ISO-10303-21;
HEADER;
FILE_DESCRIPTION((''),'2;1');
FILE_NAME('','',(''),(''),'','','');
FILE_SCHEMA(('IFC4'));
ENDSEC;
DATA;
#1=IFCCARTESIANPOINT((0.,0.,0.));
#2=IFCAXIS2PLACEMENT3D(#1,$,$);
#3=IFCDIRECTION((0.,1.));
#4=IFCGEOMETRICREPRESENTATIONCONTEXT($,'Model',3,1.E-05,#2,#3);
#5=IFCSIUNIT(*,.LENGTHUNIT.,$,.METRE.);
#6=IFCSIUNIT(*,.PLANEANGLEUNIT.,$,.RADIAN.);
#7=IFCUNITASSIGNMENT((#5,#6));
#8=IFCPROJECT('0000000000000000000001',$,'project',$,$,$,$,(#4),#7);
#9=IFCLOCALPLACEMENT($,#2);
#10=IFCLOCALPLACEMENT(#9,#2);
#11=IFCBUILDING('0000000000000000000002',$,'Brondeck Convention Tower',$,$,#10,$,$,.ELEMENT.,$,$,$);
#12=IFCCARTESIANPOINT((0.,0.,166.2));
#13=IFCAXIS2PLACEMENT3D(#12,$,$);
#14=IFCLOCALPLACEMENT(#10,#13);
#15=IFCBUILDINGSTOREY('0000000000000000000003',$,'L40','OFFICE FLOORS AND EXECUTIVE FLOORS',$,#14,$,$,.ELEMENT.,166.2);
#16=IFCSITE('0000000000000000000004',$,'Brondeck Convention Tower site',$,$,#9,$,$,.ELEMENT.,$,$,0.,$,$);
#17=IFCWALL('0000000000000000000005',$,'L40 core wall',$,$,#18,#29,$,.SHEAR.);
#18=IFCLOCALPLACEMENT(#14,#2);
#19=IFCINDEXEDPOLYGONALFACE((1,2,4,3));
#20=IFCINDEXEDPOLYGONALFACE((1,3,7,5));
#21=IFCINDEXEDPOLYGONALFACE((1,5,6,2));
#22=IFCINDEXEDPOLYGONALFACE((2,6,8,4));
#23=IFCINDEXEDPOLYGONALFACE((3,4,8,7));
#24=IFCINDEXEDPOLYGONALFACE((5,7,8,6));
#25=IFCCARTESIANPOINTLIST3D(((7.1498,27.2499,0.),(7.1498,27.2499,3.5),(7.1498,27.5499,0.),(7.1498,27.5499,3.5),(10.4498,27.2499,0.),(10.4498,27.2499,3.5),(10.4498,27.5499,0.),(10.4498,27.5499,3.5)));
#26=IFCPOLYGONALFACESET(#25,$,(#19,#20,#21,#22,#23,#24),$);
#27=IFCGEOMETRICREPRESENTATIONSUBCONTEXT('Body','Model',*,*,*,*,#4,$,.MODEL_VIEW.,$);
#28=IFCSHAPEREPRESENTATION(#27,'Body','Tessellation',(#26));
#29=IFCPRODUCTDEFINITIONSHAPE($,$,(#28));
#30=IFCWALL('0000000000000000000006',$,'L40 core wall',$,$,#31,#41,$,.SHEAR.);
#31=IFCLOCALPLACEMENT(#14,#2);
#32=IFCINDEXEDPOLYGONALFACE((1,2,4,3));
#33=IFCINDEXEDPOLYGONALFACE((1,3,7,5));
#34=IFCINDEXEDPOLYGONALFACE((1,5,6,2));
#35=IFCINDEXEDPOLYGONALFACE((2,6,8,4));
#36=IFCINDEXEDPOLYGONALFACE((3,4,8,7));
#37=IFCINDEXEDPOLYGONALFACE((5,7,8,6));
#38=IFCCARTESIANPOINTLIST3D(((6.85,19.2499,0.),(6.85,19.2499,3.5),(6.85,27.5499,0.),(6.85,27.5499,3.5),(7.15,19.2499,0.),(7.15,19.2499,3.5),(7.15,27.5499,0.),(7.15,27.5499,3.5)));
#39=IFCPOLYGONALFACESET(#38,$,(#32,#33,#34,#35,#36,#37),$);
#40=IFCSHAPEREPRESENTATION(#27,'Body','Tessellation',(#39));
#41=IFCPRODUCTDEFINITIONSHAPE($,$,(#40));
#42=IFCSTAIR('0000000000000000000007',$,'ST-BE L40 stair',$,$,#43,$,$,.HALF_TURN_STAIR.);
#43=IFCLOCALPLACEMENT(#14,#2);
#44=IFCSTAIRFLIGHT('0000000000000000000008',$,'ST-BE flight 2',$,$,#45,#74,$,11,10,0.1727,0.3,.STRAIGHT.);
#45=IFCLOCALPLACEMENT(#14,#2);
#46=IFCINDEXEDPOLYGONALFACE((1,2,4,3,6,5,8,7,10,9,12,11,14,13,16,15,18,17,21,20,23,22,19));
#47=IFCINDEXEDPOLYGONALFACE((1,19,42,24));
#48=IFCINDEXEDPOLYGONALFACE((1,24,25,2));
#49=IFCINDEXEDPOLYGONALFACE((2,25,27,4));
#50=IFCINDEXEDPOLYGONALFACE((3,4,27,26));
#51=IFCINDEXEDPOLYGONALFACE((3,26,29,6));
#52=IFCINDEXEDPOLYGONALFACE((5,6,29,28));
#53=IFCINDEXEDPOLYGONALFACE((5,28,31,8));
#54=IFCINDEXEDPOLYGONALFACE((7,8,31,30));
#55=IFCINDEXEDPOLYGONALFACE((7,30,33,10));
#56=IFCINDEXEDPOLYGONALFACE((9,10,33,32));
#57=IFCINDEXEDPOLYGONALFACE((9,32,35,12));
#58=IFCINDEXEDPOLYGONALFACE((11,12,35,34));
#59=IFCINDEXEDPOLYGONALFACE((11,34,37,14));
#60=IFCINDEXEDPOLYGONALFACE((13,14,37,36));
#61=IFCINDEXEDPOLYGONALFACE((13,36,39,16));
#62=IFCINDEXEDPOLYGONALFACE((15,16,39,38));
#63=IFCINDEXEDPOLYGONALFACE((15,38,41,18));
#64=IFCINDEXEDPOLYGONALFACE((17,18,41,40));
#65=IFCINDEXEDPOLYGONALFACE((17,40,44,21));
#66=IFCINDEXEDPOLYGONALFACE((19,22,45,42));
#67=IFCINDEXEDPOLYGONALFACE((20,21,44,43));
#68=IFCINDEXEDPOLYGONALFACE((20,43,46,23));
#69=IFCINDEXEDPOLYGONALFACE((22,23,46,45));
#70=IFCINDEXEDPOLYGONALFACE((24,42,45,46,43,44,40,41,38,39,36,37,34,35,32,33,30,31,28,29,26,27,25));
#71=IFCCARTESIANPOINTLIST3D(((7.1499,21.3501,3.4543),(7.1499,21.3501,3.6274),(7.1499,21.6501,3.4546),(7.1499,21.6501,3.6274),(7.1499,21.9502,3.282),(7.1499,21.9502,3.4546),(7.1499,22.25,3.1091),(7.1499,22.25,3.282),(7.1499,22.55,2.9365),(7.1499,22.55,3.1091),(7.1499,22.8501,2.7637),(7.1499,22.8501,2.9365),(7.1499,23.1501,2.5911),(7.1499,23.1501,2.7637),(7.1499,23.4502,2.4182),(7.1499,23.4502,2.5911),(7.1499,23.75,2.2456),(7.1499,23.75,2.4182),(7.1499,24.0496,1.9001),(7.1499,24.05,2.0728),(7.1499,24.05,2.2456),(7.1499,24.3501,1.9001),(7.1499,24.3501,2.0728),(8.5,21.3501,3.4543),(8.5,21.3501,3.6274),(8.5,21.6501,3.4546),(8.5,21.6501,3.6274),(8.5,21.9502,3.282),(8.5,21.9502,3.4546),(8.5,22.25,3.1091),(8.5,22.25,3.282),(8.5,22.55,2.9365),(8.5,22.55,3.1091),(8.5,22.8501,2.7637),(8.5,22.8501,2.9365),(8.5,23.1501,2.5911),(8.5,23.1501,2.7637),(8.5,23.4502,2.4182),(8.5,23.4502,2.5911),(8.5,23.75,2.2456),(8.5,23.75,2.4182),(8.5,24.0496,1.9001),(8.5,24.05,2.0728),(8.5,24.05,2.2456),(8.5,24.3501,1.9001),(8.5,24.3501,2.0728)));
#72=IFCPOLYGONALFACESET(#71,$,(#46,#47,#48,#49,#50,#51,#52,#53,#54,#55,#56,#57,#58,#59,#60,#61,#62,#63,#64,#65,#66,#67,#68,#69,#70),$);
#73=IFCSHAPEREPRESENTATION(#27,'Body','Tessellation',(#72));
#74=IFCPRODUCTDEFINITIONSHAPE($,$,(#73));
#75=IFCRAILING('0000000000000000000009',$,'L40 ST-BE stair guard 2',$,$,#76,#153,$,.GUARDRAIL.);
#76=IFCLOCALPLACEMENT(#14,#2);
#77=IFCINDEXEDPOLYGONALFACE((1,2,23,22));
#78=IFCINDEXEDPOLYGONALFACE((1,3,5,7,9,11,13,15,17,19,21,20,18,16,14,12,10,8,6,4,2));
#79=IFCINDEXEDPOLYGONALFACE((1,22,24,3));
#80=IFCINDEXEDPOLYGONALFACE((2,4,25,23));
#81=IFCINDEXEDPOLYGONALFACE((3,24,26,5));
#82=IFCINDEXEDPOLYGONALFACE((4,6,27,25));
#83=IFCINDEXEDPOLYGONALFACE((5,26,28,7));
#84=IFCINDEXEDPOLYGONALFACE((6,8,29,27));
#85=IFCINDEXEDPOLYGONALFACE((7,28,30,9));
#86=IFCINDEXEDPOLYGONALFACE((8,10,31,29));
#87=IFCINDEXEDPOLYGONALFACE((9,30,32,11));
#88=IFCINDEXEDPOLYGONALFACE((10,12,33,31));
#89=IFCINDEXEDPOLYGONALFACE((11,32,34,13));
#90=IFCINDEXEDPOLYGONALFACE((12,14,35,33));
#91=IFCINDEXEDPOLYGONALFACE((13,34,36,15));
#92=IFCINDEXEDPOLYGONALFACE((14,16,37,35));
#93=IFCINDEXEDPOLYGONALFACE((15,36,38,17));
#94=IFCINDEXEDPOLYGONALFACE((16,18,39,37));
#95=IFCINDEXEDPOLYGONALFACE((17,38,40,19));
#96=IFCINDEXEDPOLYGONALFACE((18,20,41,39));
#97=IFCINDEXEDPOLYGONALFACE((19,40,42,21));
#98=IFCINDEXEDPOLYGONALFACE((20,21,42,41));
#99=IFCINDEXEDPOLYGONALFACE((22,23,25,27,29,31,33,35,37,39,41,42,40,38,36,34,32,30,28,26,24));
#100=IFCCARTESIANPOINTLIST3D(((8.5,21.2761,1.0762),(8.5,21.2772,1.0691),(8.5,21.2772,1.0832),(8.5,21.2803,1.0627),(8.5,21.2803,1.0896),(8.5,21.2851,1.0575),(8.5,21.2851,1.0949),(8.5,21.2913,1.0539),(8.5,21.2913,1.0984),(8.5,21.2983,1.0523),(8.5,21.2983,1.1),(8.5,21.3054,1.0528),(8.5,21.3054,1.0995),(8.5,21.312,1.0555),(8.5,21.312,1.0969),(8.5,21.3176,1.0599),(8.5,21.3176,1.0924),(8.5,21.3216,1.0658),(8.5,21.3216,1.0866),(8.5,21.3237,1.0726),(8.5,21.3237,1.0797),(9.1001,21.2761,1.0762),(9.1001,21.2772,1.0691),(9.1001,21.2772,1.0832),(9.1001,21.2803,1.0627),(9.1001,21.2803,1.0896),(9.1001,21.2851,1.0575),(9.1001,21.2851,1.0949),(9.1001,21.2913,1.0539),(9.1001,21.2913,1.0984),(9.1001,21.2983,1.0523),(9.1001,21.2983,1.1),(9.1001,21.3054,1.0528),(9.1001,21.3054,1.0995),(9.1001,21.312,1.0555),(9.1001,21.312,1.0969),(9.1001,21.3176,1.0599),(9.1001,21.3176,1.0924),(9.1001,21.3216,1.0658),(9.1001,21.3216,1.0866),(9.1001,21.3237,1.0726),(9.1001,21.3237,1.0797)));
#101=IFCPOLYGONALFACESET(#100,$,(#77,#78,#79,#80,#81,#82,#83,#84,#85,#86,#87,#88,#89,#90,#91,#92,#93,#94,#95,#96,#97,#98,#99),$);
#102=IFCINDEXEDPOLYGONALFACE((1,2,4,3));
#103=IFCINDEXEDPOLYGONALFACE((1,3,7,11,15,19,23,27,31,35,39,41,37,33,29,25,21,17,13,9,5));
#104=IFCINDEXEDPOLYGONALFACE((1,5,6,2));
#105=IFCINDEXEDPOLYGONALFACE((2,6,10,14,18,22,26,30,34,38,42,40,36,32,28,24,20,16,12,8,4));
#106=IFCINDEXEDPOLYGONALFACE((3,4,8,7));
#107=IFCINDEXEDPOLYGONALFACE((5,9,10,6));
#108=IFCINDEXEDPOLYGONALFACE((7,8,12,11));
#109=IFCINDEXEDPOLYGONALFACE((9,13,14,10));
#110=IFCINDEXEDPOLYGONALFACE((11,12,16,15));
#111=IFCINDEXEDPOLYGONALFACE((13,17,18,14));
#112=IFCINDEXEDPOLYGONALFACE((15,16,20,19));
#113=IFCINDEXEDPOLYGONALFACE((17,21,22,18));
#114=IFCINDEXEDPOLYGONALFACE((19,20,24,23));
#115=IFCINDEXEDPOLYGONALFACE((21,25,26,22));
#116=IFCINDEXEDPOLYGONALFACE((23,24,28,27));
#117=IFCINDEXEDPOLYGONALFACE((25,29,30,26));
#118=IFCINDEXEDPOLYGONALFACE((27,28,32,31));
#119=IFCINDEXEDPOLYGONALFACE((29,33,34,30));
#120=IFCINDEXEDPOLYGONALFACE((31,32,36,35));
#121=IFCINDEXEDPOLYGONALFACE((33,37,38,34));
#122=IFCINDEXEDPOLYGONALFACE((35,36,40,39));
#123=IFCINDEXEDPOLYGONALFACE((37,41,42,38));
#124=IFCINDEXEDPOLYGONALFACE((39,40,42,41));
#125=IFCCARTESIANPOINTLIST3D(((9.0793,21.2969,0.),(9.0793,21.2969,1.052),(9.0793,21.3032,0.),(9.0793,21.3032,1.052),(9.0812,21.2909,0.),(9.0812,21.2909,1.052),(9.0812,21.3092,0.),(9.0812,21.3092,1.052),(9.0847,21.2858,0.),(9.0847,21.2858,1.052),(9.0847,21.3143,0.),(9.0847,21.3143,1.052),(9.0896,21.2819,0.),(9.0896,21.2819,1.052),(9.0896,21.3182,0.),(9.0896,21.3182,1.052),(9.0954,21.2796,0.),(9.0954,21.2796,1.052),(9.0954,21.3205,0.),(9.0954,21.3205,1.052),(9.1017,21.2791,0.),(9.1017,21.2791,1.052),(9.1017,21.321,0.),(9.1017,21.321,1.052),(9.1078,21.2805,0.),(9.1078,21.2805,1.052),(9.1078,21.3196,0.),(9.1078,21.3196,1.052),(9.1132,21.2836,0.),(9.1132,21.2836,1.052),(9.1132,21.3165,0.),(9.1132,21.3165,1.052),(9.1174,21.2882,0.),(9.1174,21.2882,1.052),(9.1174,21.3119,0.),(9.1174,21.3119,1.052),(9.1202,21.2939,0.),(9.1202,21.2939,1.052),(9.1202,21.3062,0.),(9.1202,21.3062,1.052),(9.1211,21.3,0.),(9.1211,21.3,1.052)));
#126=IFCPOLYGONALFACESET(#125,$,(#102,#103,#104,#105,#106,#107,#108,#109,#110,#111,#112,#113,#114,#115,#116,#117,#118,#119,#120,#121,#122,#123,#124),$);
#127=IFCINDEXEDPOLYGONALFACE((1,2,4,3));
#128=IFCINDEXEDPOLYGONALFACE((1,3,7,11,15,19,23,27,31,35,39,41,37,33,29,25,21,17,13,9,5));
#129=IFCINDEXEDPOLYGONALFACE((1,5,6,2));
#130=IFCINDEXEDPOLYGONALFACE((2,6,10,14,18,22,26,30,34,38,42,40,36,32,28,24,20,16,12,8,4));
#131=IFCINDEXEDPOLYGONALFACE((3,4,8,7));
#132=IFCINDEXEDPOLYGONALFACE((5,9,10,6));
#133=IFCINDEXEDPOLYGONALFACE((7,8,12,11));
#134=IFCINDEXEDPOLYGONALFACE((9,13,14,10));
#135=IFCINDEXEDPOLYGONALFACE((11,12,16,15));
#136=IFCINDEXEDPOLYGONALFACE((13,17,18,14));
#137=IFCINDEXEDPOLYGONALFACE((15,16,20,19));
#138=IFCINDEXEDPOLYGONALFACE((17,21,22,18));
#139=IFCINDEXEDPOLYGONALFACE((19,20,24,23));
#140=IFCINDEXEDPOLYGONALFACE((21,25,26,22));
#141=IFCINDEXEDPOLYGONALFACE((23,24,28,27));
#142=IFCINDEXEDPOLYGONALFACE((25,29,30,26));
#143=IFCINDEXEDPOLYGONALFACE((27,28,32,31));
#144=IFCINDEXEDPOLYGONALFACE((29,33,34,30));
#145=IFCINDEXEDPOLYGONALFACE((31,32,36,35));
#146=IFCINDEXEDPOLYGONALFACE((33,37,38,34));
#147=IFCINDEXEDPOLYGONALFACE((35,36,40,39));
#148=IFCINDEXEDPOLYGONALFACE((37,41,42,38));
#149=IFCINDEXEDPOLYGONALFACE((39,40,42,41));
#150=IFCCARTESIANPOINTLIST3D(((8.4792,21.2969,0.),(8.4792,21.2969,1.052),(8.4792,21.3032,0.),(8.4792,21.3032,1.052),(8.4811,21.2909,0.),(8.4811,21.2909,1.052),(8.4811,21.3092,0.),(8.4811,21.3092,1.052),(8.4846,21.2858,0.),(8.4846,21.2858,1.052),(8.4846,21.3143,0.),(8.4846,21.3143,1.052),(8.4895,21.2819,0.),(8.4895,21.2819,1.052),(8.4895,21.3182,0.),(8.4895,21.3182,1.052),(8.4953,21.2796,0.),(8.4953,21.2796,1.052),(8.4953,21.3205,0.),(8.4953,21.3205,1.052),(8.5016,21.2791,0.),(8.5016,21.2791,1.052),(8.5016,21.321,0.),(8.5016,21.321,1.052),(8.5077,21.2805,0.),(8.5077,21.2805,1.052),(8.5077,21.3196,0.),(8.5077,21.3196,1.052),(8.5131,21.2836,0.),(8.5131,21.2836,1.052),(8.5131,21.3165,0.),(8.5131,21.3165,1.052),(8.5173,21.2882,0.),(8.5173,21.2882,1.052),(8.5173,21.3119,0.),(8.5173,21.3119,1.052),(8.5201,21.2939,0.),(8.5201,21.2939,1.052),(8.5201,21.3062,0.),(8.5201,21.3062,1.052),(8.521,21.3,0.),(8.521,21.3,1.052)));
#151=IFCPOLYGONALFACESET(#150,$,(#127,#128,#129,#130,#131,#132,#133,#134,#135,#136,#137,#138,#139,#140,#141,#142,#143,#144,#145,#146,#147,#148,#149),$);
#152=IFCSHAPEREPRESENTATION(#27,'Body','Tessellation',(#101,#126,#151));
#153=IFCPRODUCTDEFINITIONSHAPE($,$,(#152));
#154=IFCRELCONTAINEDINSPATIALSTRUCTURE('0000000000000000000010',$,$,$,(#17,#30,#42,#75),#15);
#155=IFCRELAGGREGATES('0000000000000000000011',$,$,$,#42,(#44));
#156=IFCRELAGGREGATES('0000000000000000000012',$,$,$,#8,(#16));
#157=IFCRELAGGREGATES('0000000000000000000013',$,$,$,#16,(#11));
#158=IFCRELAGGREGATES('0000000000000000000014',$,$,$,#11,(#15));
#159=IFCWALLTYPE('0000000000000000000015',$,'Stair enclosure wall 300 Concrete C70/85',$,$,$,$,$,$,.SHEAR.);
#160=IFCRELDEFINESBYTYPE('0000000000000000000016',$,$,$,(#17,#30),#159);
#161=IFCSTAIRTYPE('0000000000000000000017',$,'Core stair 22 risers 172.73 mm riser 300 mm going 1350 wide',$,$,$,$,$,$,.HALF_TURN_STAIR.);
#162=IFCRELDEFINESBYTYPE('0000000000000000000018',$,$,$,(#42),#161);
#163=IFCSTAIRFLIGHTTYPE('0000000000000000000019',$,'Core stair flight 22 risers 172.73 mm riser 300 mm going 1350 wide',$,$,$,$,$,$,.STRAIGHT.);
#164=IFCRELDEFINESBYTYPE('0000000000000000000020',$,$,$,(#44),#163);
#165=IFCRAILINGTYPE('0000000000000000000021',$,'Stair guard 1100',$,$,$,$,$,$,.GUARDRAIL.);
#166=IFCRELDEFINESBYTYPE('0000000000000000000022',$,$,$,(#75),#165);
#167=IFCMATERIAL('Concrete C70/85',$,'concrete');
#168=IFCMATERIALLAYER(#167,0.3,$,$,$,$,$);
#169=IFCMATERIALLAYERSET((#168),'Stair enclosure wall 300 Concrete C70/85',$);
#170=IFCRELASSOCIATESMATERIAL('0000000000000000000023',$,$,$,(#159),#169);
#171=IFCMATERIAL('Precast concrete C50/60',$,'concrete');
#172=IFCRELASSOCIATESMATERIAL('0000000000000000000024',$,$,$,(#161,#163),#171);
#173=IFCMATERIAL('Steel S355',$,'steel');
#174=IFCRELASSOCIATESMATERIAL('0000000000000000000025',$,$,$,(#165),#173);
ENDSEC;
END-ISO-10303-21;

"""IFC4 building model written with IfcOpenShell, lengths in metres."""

from ifc_helpers import new_model, si_unit, direction, frame, frame_2d, origin, origin_2d, place, context, subcontext, project, spatial, polyline, rectangle, circle, outline, extrude, material, layer, layer_set, type_object, element, aggregate, save


model = new_model("IFC4")

# Units and contexts
model_context = context("Model", 3, precision=1e-05, world=origin(), true_north=direction((0.0, 1.0)))
body_context = subcontext(model_context, "Body", "Model", "MODEL_VIEW")
ifc_project = project(units=[si_unit("LENGTHUNIT", "METRE"), si_unit("PLANEANGLEUNIT", "RADIAN")], contexts=[model_context])

# Site, building, storey
site_placement = place(None, origin())
site = spatial("IfcSite", under=ifc_project, at=site_placement, Name="Brondeck Convention Tower site", CompositionType="ELEMENT", RefElevation=0.0)
building_placement = place(site_placement, origin())
building = spatial("IfcBuilding", under=site, at=building_placement, Name="Brondeck Convention Tower", CompositionType="ELEMENT")
storey_placement = place(building_placement, frame((0.0, 0.0, 166.2)))
storey = spatial("IfcBuildingStorey", under=building, at=storey_placement, Name="L40", Description="OFFICE FLOORS AND EXECUTIVE FLOORS", CompositionType="ELEMENT", Elevation=166.2)

# Shared definitions
ifc_material_1 = material(Name="Concrete C70/85", Category="concrete")

# Shared definitions
ifc_material_2 = material(Name="Steel S355", Category="steel")

# Walls
ifc_layer_1 = layer(ifc_material_1, 0.3)
ifc_layer_set_1 = layer_set([ifc_layer_1], Name="Stair enclosure wall 300 Concrete C70/85")
wall_type_1 = type_object("IfcWallType", Name="Stair enclosure wall 300 Concrete C70/85", PredefinedType="SHEAR", material=ifc_layer_set_1)
for number, where, z_axis, x_axis, name in (
    (1, (7.1499, 27.3999, 0.0), (0.0, 0.0, 1.0), (1.0, 0.0, 0.0), "L40 core wall"),
):
    element("IfcWall", number, at=place(storey_placement, frame(where, z_axis=z_axis, x_axis=x_axis)), inside=storey, type_object=wall_type_1, Name=name, PredefinedType="SHEAR", context=body_context, shape_type="SweptSolid", body=[
        extrude(rectangle(XDim=3.3, YDim=0.3, at=frame_2d((1.6499, 0.0))), origin(), (0.0, 0.0, 1.0), 3.5),
    ])
wall_1_placement = place(storey_placement, frame((7.0, 19.25, 0.0), z_axis=(0.0, 0.0, 1.0), x_axis=(0.0, 1.0, 0.0)))
element("IfcWall", 2, at=wall_1_placement, inside=storey, type_object=wall_type_1, Name="L40 core wall", PredefinedType="SHEAR", context=body_context, shape_type="SweptSolid", body=[
    extrude(rectangle(XDim=8.3, YDim=0.3, at=frame_2d((4.1499, 0.0))), origin(), (0.0, 0.0, 1.0), 3.5),
])

# Stair, stair flight
ifc_material_3 = material(Name="Precast concrete C50/60", Category="concrete")
stair_type = type_object("IfcStairType", Name="Core stair 22 risers 172.73 mm riser 300 mm going 1350 wide", PredefinedType="HALF_TURN_STAIR", material=ifc_material_3)
stair_placement = place(storey_placement, origin())
stair = element("IfcStair", 3, at=stair_placement, inside=storey, type_object=stair_type, Name="ST-BE L40 stair", PredefinedType="HALF_TURN_STAIR")
stair_flight_type = type_object("IfcStairFlightType", Name="Core stair flight 22 risers 172.73 mm riser 300 mm going 1350 wide", PredefinedType="STRAIGHT", material=ifc_material_3)
stair_flight_placement = place(storey_placement, frame((7.825, 24.3501, 1.9001), z_axis=(0.0, 0.0, 1.0), x_axis=(0.0, -1.0, 0.0)))
stair_flight = element("IfcStairFlight", 4, at=stair_flight_placement, type_object=stair_flight_type, Name="ST-BE flight 2", NumberOfRisers=11, NumberOfTreads=10, PredefinedType="STRAIGHT", RiserHeight=0.1727, TreadLength=0.3, context=body_context, shape_type="SweptSolid", body=[
    extrude(outline(polyline([(0.0, 0.0), (0.0, 0.1726), (0.3, 0.1726), (0.3, 0.3455), (0.6001, 0.3455), (0.6001, 0.5181), (0.8999, 0.5181), (0.8999, 0.6909), (1.2, 0.6909), (1.2, 0.8635), (1.5, 0.8635), (1.5, 1.0364), (1.8, 1.0364), (1.8, 1.209), (2.1001, 1.209), (2.1001, 1.3818), (2.3999, 1.3818), (2.3999, 1.5544), (2.7, 1.5544), (2.7, 1.7273), (3.0, 1.7273), (3.0, 1.8999), (3.0, 1.5542), (0.3005, 0.0), (0.0, 0.0)])), frame((0.0, 0.675, 0.0), z_axis=(0.0, -1.0, 0.0), x_axis=(1.0, 0.0, 0.0)), (0.0, 0.0, 1.0), 1.3501),
])
aggregate(stair, [stair_flight])

# Railing
railing_type_1 = type_object("IfcRailingType", Name="Stair guard 1100", PredefinedType="GUARDRAIL", material=ifc_material_2)
railing_1_placement = place(storey_placement, frame((9.1001, 21.3, 0.0)))
element("IfcRailing", 5, at=railing_1_placement, inside=storey, type_object=railing_type_1, Name="L40 ST-BE stair guard 2", PredefinedType="GUARDRAIL", context=body_context, shape_type="SweptSolid", body=[
    extrude(circle(Radius=0.0239, at=origin_2d()), frame((0.0, 0.0, 1.0762), z_axis=(-1.0, 0.0, 0.0), x_axis=(0.0, -1.0, 0.0)), (0.0, 0.0, 1.0), 0.6001),
    extrude(circle(Radius=0.021, at=origin_2d()), origin(), (0.0, 0.0, 1.0), 1.052),
    extrude(circle(Radius=0.021, at=origin_2d()), frame((-0.6001, 0.0, 0.0)), (0.0, 0.0, 1.0), 1.052),
])

save(model, "model.ifc")
